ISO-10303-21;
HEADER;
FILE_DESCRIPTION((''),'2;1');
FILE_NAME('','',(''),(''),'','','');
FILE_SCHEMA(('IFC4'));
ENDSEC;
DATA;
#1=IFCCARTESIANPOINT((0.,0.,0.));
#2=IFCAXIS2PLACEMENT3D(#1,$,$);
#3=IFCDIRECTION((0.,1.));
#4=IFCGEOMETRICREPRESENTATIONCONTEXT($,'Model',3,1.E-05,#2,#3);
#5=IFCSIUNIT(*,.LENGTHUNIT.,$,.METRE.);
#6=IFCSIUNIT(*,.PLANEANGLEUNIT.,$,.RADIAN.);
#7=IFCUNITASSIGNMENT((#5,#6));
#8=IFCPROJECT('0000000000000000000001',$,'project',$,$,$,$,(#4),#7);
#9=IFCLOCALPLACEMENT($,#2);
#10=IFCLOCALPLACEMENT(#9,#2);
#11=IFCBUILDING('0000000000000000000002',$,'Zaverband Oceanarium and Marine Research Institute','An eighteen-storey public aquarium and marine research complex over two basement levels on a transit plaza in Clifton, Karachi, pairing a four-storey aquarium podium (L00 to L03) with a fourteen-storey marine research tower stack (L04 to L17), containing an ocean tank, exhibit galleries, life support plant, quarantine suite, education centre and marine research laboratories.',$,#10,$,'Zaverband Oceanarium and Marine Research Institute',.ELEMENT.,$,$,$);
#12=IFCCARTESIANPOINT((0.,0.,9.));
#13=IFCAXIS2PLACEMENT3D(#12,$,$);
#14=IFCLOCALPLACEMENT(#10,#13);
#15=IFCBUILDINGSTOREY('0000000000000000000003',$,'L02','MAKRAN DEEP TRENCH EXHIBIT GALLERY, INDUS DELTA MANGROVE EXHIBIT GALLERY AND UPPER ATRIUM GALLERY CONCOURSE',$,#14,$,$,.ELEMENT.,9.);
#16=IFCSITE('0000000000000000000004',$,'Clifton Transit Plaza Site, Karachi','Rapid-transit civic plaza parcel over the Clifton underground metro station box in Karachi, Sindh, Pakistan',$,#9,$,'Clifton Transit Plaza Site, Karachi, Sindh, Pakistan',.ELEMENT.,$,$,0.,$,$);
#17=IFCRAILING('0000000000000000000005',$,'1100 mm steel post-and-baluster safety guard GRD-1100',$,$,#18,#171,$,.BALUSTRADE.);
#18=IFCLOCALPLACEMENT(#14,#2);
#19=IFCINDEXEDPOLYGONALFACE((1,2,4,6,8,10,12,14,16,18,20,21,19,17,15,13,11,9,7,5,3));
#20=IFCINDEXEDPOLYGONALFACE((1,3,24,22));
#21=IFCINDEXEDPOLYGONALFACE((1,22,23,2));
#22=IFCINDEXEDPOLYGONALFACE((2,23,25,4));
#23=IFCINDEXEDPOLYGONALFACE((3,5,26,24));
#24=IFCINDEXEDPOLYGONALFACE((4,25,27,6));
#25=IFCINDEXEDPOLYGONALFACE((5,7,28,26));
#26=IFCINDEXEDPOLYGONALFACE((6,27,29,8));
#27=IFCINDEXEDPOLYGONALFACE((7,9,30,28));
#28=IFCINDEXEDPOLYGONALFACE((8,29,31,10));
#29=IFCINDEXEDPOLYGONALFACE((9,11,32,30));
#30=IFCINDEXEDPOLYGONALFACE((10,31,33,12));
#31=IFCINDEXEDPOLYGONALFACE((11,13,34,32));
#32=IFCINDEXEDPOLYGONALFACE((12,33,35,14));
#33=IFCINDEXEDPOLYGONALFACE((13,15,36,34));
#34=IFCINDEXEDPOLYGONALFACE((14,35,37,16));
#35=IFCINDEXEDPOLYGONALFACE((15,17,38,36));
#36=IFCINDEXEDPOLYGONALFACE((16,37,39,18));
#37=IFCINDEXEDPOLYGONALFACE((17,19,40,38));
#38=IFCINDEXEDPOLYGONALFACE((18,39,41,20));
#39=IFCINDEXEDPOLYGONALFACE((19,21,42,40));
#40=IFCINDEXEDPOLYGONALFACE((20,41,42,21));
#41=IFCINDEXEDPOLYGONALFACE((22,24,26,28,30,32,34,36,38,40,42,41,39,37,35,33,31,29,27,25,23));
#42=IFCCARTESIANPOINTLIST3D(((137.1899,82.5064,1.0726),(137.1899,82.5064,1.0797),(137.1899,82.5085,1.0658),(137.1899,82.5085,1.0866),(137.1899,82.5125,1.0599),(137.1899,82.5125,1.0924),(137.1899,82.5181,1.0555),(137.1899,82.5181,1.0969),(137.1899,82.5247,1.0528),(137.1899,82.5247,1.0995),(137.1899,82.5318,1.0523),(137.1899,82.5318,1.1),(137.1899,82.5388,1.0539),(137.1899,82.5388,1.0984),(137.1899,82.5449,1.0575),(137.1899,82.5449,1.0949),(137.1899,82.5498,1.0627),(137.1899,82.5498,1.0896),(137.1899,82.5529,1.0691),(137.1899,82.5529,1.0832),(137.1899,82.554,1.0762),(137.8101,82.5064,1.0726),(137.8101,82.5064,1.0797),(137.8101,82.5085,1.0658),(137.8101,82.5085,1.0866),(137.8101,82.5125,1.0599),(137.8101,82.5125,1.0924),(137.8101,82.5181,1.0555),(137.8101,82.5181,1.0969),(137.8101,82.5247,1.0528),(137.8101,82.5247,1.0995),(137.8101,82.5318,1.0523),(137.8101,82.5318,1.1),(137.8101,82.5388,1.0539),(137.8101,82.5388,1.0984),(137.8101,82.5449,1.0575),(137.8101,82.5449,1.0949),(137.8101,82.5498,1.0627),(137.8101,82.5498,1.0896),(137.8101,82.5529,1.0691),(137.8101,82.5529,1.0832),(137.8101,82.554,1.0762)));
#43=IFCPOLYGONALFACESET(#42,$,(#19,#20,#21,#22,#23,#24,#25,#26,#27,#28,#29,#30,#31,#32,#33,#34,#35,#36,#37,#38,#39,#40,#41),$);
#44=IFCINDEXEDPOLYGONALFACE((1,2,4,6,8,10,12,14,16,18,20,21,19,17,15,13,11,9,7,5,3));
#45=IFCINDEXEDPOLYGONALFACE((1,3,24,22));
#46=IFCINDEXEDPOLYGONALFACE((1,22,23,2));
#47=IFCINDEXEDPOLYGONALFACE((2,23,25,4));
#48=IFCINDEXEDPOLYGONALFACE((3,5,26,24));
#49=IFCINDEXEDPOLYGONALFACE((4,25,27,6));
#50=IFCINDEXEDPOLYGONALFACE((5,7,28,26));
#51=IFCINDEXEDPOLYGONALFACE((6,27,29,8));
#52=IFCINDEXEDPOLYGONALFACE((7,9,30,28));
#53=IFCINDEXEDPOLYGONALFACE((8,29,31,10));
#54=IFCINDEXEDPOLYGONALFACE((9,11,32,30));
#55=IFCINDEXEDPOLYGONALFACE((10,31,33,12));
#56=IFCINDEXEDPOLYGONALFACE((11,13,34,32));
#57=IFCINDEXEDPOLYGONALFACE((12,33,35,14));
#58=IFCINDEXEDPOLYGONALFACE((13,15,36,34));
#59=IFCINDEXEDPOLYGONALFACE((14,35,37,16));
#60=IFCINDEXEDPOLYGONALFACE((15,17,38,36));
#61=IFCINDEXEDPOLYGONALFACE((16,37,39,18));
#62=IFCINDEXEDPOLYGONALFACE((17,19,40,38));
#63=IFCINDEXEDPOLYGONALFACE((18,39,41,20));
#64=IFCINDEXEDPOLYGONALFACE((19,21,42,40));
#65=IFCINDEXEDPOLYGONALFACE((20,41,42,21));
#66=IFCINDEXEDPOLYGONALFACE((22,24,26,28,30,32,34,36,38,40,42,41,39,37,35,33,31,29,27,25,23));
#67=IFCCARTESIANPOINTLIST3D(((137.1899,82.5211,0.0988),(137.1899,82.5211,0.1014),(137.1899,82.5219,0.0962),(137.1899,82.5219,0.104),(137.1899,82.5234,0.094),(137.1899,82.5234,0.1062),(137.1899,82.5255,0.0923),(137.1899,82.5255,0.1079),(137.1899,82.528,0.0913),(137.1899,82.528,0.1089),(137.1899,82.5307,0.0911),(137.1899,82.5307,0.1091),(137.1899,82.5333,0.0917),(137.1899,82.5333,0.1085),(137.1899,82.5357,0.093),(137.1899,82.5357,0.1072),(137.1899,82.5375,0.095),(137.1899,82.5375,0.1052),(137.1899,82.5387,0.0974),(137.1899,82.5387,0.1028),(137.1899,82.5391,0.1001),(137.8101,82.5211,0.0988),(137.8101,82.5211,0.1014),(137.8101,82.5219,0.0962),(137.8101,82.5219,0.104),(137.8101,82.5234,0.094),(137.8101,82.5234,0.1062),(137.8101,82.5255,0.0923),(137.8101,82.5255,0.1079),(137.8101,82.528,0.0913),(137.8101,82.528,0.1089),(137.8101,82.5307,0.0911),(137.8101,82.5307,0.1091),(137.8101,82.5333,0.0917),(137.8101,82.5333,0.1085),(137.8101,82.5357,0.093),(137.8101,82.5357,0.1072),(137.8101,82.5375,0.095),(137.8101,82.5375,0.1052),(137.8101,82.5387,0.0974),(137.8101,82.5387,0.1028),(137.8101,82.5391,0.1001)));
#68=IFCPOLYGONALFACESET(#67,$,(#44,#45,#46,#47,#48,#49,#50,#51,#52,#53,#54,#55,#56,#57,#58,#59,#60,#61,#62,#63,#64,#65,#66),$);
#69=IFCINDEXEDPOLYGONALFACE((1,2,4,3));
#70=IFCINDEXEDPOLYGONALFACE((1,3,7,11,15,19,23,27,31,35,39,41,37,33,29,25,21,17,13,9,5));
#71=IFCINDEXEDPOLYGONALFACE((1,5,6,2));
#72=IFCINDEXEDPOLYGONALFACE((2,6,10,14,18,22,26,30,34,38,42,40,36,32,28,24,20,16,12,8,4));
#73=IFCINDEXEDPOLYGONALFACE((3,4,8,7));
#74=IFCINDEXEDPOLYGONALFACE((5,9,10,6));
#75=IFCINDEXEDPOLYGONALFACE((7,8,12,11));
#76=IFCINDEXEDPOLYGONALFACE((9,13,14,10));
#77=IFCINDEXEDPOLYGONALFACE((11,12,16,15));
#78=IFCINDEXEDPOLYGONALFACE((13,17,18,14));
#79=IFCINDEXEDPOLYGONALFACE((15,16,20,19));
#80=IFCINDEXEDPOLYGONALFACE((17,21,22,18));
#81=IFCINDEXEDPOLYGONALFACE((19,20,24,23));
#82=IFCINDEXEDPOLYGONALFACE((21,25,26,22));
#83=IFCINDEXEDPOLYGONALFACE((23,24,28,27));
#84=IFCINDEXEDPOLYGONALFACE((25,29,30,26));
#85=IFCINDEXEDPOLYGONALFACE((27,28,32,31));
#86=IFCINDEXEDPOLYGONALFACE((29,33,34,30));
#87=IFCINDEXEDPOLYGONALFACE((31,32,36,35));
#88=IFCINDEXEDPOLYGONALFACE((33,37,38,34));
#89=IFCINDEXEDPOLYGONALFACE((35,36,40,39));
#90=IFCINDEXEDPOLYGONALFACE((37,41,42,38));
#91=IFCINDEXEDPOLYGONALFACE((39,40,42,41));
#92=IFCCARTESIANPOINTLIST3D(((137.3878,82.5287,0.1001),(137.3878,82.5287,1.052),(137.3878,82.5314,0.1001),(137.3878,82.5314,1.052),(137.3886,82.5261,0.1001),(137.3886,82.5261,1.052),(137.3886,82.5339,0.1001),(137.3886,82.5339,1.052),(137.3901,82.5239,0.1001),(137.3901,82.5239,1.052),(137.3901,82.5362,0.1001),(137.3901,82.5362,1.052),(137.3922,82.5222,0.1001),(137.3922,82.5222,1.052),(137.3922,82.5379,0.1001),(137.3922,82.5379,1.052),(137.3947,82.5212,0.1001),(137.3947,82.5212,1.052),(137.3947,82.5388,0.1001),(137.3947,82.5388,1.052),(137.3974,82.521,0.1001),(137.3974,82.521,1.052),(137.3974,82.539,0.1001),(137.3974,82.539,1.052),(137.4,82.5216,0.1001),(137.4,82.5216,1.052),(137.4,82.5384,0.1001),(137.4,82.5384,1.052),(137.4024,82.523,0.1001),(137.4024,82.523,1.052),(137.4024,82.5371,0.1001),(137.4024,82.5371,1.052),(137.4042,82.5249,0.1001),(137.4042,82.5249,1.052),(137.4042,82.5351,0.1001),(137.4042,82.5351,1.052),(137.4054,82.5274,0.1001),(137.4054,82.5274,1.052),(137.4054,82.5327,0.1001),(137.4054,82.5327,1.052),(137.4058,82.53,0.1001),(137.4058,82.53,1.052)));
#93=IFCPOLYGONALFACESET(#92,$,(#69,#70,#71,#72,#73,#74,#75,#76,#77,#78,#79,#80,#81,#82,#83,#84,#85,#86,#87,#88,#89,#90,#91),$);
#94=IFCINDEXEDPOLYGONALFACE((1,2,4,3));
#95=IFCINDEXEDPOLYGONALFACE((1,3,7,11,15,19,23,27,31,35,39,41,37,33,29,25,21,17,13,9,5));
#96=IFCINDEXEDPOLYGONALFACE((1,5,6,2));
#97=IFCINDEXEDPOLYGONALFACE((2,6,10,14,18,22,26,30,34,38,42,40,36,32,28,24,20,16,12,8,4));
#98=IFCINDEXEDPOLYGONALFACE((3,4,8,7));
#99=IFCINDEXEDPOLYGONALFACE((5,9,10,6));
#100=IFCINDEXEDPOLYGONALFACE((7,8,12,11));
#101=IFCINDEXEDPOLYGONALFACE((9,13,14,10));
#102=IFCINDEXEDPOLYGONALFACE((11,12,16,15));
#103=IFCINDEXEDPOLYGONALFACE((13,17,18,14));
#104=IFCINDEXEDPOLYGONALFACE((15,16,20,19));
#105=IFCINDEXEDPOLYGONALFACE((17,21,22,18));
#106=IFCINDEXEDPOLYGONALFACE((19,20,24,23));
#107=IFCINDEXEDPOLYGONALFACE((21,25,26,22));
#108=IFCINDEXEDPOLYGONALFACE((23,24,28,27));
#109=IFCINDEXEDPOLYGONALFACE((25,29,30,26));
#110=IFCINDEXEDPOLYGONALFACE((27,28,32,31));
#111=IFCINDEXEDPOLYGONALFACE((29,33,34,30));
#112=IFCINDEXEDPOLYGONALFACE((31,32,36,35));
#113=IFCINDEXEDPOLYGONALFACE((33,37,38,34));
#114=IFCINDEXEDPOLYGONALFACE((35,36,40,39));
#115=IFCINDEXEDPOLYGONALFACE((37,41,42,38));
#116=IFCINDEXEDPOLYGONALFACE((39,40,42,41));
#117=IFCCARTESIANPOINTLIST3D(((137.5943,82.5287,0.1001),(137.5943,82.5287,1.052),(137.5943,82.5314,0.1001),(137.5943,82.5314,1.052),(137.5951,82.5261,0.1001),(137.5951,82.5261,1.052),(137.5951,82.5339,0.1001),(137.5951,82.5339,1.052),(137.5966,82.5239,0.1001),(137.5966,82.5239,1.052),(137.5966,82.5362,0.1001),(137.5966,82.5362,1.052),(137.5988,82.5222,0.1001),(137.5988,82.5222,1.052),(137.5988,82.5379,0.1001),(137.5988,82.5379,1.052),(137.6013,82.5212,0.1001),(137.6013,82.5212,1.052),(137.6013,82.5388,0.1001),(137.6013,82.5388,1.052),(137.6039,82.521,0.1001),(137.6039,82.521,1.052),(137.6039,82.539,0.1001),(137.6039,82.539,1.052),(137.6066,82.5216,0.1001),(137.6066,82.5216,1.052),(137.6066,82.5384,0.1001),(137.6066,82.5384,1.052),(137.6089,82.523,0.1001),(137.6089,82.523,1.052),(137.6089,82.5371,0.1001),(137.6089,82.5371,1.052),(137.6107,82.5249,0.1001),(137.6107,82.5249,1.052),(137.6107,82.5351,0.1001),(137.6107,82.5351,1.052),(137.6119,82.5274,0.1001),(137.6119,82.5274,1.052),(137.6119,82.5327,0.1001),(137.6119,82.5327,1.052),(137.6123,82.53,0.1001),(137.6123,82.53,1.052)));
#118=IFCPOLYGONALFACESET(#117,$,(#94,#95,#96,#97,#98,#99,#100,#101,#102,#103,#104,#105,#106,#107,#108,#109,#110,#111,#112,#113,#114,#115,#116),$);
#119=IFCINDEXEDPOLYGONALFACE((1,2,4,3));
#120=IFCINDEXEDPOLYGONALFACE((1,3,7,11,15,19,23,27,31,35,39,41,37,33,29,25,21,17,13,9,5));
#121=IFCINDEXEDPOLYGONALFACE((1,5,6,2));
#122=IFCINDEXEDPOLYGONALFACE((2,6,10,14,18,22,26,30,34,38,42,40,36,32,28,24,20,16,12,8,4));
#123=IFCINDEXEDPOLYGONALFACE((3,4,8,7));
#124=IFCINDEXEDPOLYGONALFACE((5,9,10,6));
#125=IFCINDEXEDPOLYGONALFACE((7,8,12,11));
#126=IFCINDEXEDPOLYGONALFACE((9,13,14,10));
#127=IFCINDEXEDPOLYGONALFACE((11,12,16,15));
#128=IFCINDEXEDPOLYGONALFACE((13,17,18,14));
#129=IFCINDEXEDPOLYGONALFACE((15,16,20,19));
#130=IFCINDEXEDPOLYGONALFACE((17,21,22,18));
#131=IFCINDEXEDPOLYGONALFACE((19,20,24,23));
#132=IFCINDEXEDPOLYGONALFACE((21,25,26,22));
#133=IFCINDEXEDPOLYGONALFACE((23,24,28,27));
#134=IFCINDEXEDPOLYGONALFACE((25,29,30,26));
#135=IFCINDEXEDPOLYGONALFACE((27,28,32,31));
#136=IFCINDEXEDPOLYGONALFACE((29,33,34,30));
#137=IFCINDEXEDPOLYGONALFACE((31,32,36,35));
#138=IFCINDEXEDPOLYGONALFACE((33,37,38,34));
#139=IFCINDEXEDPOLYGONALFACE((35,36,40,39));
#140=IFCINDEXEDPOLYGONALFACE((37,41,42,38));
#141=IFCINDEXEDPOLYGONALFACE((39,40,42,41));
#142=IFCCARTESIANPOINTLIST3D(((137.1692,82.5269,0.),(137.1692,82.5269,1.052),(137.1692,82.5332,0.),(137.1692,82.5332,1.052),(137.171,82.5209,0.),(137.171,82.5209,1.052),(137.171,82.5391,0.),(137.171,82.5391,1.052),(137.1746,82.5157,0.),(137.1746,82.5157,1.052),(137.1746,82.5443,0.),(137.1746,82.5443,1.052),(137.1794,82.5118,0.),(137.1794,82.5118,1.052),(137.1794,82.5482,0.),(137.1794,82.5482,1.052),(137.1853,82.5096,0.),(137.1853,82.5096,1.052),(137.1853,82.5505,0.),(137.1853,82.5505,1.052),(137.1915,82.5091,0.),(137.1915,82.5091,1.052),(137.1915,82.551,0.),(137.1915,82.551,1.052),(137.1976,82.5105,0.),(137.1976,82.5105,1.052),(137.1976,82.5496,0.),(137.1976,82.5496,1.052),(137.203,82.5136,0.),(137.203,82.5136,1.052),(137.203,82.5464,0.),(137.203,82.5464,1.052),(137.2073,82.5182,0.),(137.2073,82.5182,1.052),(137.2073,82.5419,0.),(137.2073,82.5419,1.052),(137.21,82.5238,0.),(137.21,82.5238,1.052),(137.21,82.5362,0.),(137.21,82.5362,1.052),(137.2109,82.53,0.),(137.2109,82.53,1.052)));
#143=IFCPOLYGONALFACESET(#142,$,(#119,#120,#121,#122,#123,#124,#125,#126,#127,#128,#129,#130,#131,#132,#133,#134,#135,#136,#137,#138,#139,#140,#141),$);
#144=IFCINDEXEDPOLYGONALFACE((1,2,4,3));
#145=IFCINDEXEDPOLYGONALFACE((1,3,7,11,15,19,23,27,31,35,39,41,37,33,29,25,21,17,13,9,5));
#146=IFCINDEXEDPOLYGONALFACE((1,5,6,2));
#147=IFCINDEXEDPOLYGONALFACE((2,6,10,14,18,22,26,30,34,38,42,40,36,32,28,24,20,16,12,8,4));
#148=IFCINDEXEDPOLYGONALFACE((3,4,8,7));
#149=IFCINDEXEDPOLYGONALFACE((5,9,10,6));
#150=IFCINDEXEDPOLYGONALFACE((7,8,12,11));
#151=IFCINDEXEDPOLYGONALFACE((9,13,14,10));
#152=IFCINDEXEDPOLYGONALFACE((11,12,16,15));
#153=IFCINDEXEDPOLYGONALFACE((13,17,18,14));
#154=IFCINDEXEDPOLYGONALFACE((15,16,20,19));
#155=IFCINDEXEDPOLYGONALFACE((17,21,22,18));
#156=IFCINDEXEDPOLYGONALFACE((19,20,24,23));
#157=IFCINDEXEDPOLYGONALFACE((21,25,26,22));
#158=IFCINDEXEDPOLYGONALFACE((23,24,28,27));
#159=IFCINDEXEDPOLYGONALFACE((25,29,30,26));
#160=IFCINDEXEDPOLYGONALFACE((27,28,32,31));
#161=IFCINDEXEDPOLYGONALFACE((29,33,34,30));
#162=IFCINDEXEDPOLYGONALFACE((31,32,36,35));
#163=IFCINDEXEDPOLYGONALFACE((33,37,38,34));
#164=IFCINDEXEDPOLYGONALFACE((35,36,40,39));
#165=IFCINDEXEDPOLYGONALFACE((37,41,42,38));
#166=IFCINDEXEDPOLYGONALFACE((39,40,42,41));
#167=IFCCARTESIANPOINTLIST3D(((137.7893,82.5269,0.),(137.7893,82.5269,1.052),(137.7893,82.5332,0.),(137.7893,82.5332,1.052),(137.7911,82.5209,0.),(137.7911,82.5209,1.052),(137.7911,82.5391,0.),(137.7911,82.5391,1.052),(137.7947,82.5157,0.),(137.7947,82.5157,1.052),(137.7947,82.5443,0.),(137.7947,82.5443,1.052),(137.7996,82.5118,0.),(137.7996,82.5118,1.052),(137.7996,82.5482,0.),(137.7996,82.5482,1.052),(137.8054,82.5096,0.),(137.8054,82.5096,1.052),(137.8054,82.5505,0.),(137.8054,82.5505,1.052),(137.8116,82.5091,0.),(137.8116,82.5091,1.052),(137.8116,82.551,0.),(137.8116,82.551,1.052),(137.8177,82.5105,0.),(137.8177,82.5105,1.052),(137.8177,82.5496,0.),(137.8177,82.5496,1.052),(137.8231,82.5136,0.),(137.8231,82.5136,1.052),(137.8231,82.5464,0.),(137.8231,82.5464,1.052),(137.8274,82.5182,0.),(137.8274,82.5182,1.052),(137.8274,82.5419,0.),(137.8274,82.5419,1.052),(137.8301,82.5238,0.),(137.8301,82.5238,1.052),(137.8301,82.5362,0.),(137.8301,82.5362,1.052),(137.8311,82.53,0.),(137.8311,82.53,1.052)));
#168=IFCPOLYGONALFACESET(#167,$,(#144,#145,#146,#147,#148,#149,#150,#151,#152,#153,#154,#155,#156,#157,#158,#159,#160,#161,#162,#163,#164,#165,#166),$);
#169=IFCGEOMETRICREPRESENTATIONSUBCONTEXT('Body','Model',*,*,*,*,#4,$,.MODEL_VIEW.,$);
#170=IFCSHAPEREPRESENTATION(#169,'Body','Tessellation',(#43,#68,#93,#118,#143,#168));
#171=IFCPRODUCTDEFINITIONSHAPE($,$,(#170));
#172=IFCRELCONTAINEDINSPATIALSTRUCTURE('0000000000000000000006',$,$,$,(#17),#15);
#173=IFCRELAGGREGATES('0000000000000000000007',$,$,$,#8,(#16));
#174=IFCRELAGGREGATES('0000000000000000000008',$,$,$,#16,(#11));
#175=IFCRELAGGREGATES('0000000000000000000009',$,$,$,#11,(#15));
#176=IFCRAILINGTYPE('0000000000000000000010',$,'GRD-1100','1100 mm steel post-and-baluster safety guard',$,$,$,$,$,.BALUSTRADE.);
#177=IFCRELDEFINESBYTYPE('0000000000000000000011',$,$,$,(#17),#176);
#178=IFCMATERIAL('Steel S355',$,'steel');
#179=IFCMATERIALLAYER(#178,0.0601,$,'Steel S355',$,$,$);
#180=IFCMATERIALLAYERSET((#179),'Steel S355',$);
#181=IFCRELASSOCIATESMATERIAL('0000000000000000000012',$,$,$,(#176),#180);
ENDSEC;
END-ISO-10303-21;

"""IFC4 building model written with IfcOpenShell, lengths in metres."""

from ifc_helpers import new_model, si_unit, direction, frame, origin, origin_2d, place, context, subcontext, project, spatial, circle, extrude, material, layer, layer_set, type_object, element, save


model = new_model("IFC4")

# Units and contexts
model_context = context("Model", 3, precision=1e-05, world=origin(), true_north=direction((0.0, 1.0)))
body_context = subcontext(model_context, "Body", "Model", "MODEL_VIEW")
ifc_project = project(units=[si_unit("LENGTHUNIT", "METRE"), si_unit("PLANEANGLEUNIT", "RADIAN")], contexts=[model_context])

# Site, building, storey
site_placement = place(None, origin())
site = spatial("IfcSite", under=ifc_project, at=site_placement, Name="Clifton Transit Plaza Site, Karachi", Description="Rapid-transit civic plaza parcel over the Clifton underground metro station box in Karachi, Sindh, Pakistan", LongName="Clifton Transit Plaza Site, Karachi, Sindh, Pakistan", CompositionType="ELEMENT", RefElevation=0.0)
building_placement = place(site_placement, origin())
building = spatial("IfcBuilding", under=site, at=building_placement, Name="Zaverband Oceanarium and Marine Research Institute", Description="An eighteen-storey public aquarium and marine research complex over two basement levels on a transit plaza in Clifton, Karachi, pairing a four-storey aquarium podium (L00 to L03) with a fourteen-storey marine research tower stack (L04 to L17), containing an ocean tank, exhibit galleries, life support plant, quarantine suite, education centre and marine research laboratories.", LongName="Zaverband Oceanarium and Marine Research Institute", CompositionType="ELEMENT")
storey_placement = place(building_placement, frame((0.0, 0.0, 9.0)))
storey = spatial("IfcBuildingStorey", under=building, at=storey_placement, Name="L02", Description="MAKRAN DEEP TRENCH EXHIBIT GALLERY, INDUS DELTA MANGROVE EXHIBIT GALLERY AND UPPER ATRIUM GALLERY CONCOURSE", CompositionType="ELEMENT", Elevation=9.0)

# Shared definitions
ifc_material_1 = material(Name="Steel S355", Category="steel")

# Railing
ifc_layer_1 = layer(ifc_material_1, 0.0601, Name="Steel S355")
ifc_layer_set_1 = layer_set([ifc_layer_1], Name="Steel S355")
railing_type_1 = type_object("IfcRailingType", Name="GRD-1100", Description="1100 mm steel post-and-baluster safety guard", PredefinedType="BALUSTRADE", material=ifc_layer_set_1)
for number, where, name in (
    (1, (137.1899, 82.53, 0.0), "1100 mm steel post-and-baluster safety guard GRD-1100"),
):
    element("IfcRailing", number, at=place(storey_placement, frame(where)), inside=storey, type_object=railing_type_1, Name=name, PredefinedType="BALUSTRADE", context=body_context, shape_type="SweptSolid", body=[
        extrude(circle(Radius=0.0239, at=origin_2d()), frame((0.0, 0.0, 1.0762), z_axis=(1.0, 0.0, 0.0), x_axis=(0.0, 1.0, 0.0)), (0.0, 0.0, 1.0), 0.6201),
        extrude(circle(Radius=0.009, at=origin_2d()), frame((0.0, 0.0, 0.1001), z_axis=(1.0, 0.0, 0.0), x_axis=(0.0, 1.0, 0.0)), (0.0, 0.0, 1.0), 0.6201),
        extrude(circle(Radius=0.009, at=origin_2d()), frame((0.2068, 0.0, 0.1001)), (0.0, 0.0, 1.0), 0.9519),
        extrude(circle(Radius=0.009, at=origin_2d()), frame((0.4133, 0.0, 0.1001)), (0.0, 0.0, 1.0), 0.9519),
        extrude(circle(Radius=0.021, at=origin_2d()), origin(), (0.0, 0.0, 1.0), 1.052),
        extrude(circle(Radius=0.021, at=origin_2d()), frame((0.6201, 0.0, 0.0)), (0.0, 0.0, 1.0), 1.052),
    ])

save(model, "model.ifc")
